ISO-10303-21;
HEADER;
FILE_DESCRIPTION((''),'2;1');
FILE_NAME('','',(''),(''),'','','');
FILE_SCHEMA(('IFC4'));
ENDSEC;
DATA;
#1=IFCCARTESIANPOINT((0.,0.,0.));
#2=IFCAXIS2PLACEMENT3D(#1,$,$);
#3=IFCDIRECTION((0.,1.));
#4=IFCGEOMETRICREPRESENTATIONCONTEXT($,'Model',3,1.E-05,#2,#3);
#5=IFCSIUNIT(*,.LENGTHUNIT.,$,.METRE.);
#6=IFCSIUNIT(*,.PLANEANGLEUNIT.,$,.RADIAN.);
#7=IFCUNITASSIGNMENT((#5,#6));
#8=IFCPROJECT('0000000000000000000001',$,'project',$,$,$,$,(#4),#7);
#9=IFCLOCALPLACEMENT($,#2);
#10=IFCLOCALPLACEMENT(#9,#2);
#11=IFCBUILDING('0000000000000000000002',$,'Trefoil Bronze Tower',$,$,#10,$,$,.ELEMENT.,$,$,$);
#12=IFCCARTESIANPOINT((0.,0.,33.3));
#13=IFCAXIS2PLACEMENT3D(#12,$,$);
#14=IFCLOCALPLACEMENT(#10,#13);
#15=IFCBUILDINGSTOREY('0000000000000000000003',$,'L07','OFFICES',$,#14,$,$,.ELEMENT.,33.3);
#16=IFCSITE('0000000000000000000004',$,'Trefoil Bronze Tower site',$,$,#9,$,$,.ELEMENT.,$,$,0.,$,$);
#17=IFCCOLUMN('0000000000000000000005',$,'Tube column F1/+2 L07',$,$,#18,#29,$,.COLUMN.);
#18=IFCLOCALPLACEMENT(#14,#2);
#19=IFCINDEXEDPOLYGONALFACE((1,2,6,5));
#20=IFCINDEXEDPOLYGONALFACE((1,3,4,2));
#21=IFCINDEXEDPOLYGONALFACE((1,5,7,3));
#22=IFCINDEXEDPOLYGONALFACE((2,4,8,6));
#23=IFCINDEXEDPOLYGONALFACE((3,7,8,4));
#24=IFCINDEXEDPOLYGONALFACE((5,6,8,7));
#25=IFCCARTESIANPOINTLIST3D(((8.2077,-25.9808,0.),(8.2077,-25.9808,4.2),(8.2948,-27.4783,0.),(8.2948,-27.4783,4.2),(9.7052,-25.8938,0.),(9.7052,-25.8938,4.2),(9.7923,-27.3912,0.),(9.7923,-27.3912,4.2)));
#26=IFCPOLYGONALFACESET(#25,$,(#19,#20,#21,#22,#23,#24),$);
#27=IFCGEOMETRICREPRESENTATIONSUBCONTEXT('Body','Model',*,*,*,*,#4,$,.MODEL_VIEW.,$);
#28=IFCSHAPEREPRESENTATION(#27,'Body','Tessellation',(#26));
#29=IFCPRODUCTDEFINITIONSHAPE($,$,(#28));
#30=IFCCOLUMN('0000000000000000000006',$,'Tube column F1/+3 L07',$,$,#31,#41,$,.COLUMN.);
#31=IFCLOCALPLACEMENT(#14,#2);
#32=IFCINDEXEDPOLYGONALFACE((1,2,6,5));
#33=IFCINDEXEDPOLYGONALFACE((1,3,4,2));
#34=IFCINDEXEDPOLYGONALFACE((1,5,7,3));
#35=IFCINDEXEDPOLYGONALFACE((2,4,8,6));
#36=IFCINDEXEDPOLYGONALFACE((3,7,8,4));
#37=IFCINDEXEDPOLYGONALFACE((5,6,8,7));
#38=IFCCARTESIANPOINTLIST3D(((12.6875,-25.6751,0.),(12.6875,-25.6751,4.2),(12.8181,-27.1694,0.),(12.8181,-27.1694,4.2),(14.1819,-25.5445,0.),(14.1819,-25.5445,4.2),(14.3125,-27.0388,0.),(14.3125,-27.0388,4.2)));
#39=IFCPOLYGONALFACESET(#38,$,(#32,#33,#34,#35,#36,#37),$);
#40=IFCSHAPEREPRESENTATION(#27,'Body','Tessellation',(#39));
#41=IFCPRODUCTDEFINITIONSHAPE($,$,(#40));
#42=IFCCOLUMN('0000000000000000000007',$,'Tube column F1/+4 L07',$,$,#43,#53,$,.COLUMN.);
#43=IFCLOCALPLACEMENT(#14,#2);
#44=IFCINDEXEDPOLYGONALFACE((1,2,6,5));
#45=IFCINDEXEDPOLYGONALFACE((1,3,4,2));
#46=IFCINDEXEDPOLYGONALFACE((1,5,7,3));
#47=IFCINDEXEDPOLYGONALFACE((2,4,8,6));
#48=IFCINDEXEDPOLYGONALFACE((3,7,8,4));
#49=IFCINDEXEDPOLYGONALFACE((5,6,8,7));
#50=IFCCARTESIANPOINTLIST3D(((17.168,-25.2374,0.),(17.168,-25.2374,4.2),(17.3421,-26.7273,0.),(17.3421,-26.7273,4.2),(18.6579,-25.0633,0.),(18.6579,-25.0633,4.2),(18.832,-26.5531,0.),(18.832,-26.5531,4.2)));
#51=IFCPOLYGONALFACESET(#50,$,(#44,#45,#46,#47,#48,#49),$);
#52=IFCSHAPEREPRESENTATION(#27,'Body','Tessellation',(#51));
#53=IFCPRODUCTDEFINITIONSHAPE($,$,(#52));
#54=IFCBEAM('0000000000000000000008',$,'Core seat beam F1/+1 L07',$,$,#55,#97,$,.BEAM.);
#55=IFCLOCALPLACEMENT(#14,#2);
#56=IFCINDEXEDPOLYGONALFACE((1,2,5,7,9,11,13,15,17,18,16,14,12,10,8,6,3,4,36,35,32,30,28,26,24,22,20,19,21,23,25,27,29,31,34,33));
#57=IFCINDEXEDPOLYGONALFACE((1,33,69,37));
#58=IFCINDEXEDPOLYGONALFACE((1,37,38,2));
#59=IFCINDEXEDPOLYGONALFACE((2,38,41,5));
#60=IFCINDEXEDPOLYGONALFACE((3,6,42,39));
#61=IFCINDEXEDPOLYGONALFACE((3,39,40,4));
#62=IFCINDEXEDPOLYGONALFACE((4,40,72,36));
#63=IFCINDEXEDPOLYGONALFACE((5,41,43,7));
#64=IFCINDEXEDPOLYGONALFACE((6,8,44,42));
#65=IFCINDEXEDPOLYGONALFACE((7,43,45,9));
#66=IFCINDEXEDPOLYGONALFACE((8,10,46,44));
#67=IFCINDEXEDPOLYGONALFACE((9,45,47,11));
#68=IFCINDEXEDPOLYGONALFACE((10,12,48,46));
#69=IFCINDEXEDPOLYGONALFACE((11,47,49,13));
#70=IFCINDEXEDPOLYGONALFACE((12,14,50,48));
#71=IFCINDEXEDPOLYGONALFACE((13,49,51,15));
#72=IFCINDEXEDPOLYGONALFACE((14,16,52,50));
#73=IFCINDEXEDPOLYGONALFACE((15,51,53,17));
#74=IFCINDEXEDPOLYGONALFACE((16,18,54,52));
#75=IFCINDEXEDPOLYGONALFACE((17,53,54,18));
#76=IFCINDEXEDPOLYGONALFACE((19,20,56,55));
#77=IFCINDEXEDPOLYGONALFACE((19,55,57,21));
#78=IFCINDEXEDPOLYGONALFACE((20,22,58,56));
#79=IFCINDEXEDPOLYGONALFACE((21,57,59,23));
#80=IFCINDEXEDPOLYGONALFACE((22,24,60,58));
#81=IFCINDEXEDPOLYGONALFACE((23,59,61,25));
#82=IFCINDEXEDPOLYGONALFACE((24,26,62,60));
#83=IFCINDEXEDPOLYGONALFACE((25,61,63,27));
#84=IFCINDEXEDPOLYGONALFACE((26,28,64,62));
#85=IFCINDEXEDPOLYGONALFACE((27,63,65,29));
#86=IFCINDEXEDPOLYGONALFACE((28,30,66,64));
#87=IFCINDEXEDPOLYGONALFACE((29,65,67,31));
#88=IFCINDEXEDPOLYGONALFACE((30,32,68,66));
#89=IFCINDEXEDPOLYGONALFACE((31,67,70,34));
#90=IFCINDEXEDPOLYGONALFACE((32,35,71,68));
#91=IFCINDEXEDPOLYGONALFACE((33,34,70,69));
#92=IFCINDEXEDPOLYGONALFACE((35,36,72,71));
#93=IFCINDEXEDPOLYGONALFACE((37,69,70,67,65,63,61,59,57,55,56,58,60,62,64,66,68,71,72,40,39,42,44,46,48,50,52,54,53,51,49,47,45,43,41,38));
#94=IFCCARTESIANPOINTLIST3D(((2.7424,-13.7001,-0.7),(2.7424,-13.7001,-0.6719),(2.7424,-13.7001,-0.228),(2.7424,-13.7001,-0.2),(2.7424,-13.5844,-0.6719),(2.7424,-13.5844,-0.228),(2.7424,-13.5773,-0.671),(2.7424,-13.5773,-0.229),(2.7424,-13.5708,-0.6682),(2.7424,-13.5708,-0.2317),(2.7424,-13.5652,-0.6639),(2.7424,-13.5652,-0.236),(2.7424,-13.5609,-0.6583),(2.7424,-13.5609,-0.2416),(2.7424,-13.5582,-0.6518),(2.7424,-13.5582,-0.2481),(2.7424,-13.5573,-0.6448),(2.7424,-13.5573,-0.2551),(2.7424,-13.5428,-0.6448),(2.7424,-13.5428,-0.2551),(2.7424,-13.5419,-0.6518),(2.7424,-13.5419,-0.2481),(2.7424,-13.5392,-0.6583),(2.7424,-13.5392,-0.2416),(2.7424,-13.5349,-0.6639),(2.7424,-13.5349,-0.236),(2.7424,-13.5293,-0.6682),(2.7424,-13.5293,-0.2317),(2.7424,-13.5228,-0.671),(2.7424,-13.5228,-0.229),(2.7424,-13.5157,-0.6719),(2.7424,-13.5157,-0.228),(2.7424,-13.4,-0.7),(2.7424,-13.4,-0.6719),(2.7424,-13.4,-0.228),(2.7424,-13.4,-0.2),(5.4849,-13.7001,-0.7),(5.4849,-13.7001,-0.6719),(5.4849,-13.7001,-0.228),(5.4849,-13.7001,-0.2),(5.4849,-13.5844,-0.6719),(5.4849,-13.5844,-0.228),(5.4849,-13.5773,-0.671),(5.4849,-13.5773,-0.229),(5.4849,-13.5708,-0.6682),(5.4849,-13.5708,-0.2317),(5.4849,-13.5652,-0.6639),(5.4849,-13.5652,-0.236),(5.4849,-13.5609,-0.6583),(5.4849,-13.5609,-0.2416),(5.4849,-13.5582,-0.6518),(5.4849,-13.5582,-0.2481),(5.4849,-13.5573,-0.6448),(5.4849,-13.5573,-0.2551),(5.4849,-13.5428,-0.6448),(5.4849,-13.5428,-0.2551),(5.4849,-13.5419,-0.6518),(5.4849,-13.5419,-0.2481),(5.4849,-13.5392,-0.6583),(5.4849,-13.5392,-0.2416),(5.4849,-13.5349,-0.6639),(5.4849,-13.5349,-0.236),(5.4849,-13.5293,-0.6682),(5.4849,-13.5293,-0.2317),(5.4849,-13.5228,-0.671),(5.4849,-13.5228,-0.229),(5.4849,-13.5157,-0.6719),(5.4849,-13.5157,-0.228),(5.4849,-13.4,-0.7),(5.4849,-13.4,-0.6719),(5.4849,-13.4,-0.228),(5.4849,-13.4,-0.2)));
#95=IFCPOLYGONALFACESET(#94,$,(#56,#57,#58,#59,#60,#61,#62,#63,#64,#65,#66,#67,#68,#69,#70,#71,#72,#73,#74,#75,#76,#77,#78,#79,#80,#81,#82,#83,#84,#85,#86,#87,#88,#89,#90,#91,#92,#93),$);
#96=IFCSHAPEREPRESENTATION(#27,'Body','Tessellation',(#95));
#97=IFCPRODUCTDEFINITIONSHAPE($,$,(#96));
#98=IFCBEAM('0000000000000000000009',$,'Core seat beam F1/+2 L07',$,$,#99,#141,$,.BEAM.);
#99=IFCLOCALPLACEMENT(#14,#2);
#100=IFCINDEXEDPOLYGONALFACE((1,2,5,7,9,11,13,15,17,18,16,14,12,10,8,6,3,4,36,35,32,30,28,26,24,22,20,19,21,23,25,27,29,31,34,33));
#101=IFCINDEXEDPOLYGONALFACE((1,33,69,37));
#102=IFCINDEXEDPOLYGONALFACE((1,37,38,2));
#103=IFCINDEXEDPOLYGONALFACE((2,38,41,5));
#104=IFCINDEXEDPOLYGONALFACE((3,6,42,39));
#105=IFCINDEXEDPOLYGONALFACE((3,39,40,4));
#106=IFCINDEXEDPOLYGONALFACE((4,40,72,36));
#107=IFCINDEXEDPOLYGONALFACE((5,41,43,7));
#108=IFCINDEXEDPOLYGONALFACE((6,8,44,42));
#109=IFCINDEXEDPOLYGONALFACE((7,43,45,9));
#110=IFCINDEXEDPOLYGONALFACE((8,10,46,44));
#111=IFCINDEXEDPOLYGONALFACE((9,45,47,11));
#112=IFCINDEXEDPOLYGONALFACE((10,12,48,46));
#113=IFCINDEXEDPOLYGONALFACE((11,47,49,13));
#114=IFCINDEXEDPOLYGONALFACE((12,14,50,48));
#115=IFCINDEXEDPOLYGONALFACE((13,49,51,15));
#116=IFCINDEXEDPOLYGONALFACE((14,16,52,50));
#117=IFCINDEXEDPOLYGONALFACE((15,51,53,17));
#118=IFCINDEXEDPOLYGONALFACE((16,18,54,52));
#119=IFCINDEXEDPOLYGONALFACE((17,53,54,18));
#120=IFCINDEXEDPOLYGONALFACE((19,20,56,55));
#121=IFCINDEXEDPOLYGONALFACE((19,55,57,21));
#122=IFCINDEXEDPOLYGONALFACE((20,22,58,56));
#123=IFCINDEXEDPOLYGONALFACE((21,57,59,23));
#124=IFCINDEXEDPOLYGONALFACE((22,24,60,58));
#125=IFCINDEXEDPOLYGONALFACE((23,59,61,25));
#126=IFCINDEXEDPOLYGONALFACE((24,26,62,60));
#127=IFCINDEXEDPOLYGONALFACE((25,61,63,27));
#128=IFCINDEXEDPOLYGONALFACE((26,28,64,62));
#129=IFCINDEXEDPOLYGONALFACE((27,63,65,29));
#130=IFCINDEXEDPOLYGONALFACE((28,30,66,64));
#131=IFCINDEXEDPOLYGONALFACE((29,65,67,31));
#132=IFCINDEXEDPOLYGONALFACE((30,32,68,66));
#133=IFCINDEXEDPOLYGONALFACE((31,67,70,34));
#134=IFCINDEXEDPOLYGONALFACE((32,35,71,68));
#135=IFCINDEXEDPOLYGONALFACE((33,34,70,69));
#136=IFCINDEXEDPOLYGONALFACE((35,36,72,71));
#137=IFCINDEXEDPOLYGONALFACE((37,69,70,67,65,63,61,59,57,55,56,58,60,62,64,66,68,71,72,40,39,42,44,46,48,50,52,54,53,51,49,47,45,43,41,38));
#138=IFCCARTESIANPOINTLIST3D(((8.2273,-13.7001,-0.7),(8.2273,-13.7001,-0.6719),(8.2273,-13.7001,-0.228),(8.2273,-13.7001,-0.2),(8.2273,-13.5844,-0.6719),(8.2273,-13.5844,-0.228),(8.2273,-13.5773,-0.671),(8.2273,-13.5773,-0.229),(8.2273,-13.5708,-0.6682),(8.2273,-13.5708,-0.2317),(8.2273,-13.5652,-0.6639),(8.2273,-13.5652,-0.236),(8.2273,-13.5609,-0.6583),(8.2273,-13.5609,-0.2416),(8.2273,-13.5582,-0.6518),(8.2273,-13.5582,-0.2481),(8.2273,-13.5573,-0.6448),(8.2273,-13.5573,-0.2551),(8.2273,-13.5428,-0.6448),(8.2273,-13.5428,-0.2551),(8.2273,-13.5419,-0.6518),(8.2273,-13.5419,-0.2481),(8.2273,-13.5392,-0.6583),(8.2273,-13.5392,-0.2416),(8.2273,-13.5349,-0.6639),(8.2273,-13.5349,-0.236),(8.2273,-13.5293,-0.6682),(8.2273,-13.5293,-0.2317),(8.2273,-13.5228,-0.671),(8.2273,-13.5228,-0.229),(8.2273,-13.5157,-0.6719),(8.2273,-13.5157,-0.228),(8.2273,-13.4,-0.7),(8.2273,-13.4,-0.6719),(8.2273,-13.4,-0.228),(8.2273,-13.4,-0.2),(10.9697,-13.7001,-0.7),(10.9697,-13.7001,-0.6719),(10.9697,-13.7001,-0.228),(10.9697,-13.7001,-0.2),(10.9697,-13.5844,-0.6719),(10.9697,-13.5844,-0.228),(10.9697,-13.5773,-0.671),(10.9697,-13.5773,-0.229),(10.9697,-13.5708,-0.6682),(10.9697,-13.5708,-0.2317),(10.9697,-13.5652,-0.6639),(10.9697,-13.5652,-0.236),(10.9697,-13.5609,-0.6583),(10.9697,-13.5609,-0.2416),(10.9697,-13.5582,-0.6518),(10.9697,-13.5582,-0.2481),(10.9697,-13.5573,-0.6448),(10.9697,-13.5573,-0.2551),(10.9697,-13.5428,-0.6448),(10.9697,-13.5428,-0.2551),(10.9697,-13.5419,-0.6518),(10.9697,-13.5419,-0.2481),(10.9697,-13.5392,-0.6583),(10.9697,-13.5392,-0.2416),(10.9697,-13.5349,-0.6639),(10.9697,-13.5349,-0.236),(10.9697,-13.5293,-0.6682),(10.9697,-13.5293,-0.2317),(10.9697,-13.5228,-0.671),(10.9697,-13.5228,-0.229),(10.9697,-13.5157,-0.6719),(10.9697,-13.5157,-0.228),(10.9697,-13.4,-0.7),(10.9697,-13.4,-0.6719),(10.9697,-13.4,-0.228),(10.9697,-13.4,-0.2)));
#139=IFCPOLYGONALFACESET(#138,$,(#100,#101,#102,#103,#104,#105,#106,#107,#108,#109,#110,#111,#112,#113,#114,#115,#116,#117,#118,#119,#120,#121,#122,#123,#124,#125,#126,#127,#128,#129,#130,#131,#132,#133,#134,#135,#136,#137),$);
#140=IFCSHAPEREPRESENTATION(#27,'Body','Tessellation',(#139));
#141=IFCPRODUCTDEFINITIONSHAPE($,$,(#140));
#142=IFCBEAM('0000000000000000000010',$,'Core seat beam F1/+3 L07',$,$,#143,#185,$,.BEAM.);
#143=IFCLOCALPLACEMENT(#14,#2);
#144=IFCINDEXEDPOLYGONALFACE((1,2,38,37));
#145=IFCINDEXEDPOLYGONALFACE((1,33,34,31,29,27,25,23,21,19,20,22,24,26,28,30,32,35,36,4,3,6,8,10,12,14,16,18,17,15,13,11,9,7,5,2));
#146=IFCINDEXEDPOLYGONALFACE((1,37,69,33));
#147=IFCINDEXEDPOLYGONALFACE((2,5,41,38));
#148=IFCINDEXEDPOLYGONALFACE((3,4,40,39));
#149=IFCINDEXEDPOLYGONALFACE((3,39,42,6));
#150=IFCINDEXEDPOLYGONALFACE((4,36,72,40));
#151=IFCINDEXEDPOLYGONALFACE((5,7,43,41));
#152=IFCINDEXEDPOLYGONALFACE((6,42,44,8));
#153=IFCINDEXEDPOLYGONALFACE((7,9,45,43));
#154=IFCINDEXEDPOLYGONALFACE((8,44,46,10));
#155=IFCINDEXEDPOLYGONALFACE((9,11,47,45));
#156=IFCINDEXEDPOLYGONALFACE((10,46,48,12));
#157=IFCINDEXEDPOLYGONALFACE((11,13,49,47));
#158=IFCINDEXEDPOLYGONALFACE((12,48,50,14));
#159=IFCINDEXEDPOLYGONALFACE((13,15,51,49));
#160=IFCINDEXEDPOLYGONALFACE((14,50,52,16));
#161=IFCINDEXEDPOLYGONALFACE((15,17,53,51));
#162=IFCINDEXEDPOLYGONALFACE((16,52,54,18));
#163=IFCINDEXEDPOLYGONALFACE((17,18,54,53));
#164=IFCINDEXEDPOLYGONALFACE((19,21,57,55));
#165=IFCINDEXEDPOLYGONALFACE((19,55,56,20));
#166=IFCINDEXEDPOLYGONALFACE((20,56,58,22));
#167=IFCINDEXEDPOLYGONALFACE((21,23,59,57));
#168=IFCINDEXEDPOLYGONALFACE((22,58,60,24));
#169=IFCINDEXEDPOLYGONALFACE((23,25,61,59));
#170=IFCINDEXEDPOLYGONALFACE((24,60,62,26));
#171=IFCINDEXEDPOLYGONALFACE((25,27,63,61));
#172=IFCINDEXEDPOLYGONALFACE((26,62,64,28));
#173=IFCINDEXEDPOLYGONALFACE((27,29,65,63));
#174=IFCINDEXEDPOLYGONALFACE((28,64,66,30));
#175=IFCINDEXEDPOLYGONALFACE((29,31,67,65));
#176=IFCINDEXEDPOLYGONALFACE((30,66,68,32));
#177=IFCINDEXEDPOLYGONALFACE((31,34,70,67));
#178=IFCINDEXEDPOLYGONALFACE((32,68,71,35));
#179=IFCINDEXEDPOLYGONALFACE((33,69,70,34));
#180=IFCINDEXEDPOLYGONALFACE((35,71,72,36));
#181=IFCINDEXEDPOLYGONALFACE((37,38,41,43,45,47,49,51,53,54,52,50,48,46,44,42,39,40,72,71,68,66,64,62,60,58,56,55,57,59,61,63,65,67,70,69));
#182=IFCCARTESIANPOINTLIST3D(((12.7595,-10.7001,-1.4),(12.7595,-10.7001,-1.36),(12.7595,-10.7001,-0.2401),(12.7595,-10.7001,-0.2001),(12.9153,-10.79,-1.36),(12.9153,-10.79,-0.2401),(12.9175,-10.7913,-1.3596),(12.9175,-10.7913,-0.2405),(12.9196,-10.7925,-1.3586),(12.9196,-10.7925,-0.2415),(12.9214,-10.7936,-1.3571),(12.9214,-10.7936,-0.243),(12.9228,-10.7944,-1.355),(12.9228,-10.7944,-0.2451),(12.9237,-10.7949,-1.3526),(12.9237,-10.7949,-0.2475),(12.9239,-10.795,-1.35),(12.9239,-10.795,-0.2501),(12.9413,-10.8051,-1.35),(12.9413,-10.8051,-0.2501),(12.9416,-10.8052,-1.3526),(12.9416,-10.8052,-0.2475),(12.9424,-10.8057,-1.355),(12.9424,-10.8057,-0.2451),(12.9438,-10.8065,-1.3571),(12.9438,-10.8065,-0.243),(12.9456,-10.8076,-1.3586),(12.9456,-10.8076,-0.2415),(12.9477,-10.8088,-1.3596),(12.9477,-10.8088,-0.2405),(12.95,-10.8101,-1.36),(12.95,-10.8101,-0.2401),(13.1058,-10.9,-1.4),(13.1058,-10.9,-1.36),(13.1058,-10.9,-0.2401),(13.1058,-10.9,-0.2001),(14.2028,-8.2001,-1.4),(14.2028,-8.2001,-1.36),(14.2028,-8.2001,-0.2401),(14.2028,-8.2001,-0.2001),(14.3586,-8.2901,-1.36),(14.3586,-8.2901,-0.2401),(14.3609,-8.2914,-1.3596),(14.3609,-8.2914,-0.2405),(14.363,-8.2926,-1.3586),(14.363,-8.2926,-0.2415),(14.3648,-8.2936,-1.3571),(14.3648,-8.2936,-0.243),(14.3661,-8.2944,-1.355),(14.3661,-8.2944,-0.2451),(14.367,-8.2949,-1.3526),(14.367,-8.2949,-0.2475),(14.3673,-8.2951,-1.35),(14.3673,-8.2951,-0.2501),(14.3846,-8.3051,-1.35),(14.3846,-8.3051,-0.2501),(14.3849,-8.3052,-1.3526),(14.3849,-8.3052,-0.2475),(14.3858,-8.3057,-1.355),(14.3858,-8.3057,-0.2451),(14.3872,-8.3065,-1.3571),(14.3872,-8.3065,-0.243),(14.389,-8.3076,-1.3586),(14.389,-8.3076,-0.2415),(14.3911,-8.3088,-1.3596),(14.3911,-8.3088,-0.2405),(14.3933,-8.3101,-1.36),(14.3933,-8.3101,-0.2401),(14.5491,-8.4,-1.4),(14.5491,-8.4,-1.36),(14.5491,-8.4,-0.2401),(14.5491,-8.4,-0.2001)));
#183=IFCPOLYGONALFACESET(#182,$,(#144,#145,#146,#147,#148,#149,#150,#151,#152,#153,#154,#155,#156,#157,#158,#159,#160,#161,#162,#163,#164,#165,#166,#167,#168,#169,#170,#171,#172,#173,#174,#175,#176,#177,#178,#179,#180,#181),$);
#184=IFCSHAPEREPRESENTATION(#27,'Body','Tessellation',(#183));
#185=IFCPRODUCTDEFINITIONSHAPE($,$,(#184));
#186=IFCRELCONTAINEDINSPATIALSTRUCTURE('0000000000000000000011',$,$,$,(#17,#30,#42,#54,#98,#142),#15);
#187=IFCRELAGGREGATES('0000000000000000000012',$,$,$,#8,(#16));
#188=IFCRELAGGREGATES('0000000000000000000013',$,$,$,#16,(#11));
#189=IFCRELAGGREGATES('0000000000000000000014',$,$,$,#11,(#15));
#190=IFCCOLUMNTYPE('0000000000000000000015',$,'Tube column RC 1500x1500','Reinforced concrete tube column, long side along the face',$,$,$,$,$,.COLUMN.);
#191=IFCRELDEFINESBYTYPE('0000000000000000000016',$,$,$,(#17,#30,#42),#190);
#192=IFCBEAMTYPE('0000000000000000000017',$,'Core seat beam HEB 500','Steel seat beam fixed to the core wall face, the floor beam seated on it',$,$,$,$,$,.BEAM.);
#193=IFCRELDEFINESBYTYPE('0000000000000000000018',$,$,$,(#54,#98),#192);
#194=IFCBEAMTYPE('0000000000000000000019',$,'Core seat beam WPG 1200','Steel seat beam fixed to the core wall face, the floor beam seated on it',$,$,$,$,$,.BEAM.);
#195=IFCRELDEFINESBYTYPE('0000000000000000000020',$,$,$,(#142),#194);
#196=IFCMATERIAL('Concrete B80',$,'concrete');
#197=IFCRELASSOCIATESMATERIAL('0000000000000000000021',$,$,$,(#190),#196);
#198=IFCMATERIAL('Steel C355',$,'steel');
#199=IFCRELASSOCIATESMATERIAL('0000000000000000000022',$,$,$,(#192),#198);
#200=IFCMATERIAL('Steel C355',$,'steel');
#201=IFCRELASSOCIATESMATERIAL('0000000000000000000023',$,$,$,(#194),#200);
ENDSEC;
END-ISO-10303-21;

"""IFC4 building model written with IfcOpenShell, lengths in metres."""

from ifc_helpers import new_model, si_unit, direction, frame, origin, origin_2d, place, context, subcontext, project, spatial, rectangle, i_section, extrude, material, material_profile, profile_set, type_object, element, save


model = new_model("IFC4")

# Units and contexts
model_context = context("Model", 3, precision=1e-05, world=origin(), true_north=direction((0.0, 1.0)))
body_context = subcontext(model_context, "Body", "Model", "MODEL_VIEW")
ifc_project = project(units=[si_unit("LENGTHUNIT", "METRE"), si_unit("PLANEANGLEUNIT", "RADIAN")], contexts=[model_context])

# Site, building, storey
site_placement = place(None, origin())
site = spatial("IfcSite", under=ifc_project, at=site_placement, Name="Trefoil Bronze Tower site", CompositionType="ELEMENT", RefElevation=0.0)
building_placement = place(site_placement, origin())
building = spatial("IfcBuilding", under=site, at=building_placement, Name="Trefoil Bronze Tower", CompositionType="ELEMENT")
storey_placement = place(building_placement, frame((0.0, 0.0, 33.3)))
storey = spatial("IfcBuildingStorey", under=building, at=storey_placement, Name="L07", Description="OFFICES", CompositionType="ELEMENT", Elevation=33.3)

# Columns
ifc_material_1 = material(Name="Concrete B80", Category="concrete")
ifc_material_profile_1 = material_profile(ifc_material_1, rectangle(XDim=1.5, YDim=1.5, at=origin_2d()), Name="RC 1500x1500")
ifc_profile_set_1 = profile_set([ifc_material_profile_1], Name="Concrete B80")
column_type = type_object("IfcColumnType", Name="Tube column RC 1500x1500", Description="Reinforced concrete tube column, long side along the face", PredefinedType="COLUMN", material=ifc_profile_set_1)
for number, where, z_axis, x_axis, name in (
    (1, (9.0, -26.686, 0.0), (0.0, 0.0, 1.0), (0.998314, 0.058043, 0.0), "Tube column F1/+2 L07"),
    (2, (13.5, -26.3569, 0.0), (0.0, 0.0, 1.0), (0.996203, 0.087065, 0.0), "Tube column F1/+3 L07"),
    (3, (18.0, -25.8953, 0.0), (0.0, 0.0, 1.0), (0.993239, 0.116087, 0.0), "Tube column F1/+4 L07"),
):
    element("IfcColumn", number, at=place(storey_placement, frame(where, z_axis=z_axis, x_axis=x_axis)), inside=storey, type_object=column_type, Name=name, PredefinedType="COLUMN", context=body_context, shape_type="SweptSolid", body=[
        extrude(rectangle(XDim=1.5, YDim=1.5, at=origin_2d()), origin(), (0.0, 0.0, 1.0), 4.2),
    ])

# Beams
ifc_material_2 = material(Name="Steel C355", Category="steel")
ifc_material_profile_2 = material_profile(ifc_material_2, i_section(OverallWidth=0.3, OverallDepth=0.5, WebThickness=0.0144, FlangeThickness=0.0281, FilletRadius=0.0271, at=origin_2d()), Name="HEB 500")
ifc_profile_set_2 = profile_set([ifc_material_profile_2], Name="Steel C355")
beam_type_1 = type_object("IfcBeamType", Name="Core seat beam HEB 500", Description="Steel seat beam fixed to the core wall face, the floor beam seated on it", PredefinedType="BEAM", material=ifc_profile_set_2)
for number, where, z_axis, x_axis, name in (
    (4, (2.7424, -13.55, -0.45), (1.0, 0.0, 0.0), (0.0, 1.0, 0.0), "Core seat beam F1/+1 L07"),
    (5, (8.2273, -13.55, -0.45), (1.0, 0.0, 0.0), (0.0, 1.0, 0.0), "Core seat beam F1/+2 L07"),
):
    element("IfcBeam", number, at=place(storey_placement, frame(where, z_axis=z_axis, x_axis=x_axis)), inside=storey, type_object=beam_type_1, Name=name, PredefinedType="BEAM", context=body_context, shape_type="SweptSolid", body=[
        extrude(i_section(OverallWidth=0.3, OverallDepth=0.5, WebThickness=0.0144, FlangeThickness=0.0281, FilletRadius=0.0271, at=origin_2d()), origin(), (0.0, 0.0, 1.0), 2.7424),
    ])
ifc_material_3 = material(Name="Steel C355", Category="steel")
ifc_material_profile_3 = material_profile(ifc_material_3, i_section(OverallWidth=0.3999, OverallDepth=1.2, WebThickness=0.02, FlangeThickness=0.04, FilletRadius=0.01, at=origin_2d()), Name="WPG 1200")
ifc_profile_set_3 = profile_set([ifc_material_profile_3], Name="Steel C355")
beam_type_2 = type_object("IfcBeamType", Name="Core seat beam WPG 1200", Description="Steel seat beam fixed to the core wall face, the floor beam seated on it", PredefinedType="BEAM", material=ifc_profile_set_3)
beam_1_placement = place(storey_placement, frame((12.9326, -10.8, -0.8), z_axis=(0.499996, 0.866028, 0.0), x_axis=(-0.866028, 0.499996, 0.0)))
element("IfcBeam", 6, at=beam_1_placement, inside=storey, type_object=beam_type_2, Name="Core seat beam F1/+3 L07", PredefinedType="BEAM", context=body_context, shape_type="SweptSolid", body=[
    extrude(i_section(OverallWidth=0.3999, OverallDepth=1.2, WebThickness=0.02, FlangeThickness=0.04, FilletRadius=0.01, at=origin_2d()), origin(), (0.0, 0.0, 1.0), 2.8867),
])

save(model, "model.ifc")
